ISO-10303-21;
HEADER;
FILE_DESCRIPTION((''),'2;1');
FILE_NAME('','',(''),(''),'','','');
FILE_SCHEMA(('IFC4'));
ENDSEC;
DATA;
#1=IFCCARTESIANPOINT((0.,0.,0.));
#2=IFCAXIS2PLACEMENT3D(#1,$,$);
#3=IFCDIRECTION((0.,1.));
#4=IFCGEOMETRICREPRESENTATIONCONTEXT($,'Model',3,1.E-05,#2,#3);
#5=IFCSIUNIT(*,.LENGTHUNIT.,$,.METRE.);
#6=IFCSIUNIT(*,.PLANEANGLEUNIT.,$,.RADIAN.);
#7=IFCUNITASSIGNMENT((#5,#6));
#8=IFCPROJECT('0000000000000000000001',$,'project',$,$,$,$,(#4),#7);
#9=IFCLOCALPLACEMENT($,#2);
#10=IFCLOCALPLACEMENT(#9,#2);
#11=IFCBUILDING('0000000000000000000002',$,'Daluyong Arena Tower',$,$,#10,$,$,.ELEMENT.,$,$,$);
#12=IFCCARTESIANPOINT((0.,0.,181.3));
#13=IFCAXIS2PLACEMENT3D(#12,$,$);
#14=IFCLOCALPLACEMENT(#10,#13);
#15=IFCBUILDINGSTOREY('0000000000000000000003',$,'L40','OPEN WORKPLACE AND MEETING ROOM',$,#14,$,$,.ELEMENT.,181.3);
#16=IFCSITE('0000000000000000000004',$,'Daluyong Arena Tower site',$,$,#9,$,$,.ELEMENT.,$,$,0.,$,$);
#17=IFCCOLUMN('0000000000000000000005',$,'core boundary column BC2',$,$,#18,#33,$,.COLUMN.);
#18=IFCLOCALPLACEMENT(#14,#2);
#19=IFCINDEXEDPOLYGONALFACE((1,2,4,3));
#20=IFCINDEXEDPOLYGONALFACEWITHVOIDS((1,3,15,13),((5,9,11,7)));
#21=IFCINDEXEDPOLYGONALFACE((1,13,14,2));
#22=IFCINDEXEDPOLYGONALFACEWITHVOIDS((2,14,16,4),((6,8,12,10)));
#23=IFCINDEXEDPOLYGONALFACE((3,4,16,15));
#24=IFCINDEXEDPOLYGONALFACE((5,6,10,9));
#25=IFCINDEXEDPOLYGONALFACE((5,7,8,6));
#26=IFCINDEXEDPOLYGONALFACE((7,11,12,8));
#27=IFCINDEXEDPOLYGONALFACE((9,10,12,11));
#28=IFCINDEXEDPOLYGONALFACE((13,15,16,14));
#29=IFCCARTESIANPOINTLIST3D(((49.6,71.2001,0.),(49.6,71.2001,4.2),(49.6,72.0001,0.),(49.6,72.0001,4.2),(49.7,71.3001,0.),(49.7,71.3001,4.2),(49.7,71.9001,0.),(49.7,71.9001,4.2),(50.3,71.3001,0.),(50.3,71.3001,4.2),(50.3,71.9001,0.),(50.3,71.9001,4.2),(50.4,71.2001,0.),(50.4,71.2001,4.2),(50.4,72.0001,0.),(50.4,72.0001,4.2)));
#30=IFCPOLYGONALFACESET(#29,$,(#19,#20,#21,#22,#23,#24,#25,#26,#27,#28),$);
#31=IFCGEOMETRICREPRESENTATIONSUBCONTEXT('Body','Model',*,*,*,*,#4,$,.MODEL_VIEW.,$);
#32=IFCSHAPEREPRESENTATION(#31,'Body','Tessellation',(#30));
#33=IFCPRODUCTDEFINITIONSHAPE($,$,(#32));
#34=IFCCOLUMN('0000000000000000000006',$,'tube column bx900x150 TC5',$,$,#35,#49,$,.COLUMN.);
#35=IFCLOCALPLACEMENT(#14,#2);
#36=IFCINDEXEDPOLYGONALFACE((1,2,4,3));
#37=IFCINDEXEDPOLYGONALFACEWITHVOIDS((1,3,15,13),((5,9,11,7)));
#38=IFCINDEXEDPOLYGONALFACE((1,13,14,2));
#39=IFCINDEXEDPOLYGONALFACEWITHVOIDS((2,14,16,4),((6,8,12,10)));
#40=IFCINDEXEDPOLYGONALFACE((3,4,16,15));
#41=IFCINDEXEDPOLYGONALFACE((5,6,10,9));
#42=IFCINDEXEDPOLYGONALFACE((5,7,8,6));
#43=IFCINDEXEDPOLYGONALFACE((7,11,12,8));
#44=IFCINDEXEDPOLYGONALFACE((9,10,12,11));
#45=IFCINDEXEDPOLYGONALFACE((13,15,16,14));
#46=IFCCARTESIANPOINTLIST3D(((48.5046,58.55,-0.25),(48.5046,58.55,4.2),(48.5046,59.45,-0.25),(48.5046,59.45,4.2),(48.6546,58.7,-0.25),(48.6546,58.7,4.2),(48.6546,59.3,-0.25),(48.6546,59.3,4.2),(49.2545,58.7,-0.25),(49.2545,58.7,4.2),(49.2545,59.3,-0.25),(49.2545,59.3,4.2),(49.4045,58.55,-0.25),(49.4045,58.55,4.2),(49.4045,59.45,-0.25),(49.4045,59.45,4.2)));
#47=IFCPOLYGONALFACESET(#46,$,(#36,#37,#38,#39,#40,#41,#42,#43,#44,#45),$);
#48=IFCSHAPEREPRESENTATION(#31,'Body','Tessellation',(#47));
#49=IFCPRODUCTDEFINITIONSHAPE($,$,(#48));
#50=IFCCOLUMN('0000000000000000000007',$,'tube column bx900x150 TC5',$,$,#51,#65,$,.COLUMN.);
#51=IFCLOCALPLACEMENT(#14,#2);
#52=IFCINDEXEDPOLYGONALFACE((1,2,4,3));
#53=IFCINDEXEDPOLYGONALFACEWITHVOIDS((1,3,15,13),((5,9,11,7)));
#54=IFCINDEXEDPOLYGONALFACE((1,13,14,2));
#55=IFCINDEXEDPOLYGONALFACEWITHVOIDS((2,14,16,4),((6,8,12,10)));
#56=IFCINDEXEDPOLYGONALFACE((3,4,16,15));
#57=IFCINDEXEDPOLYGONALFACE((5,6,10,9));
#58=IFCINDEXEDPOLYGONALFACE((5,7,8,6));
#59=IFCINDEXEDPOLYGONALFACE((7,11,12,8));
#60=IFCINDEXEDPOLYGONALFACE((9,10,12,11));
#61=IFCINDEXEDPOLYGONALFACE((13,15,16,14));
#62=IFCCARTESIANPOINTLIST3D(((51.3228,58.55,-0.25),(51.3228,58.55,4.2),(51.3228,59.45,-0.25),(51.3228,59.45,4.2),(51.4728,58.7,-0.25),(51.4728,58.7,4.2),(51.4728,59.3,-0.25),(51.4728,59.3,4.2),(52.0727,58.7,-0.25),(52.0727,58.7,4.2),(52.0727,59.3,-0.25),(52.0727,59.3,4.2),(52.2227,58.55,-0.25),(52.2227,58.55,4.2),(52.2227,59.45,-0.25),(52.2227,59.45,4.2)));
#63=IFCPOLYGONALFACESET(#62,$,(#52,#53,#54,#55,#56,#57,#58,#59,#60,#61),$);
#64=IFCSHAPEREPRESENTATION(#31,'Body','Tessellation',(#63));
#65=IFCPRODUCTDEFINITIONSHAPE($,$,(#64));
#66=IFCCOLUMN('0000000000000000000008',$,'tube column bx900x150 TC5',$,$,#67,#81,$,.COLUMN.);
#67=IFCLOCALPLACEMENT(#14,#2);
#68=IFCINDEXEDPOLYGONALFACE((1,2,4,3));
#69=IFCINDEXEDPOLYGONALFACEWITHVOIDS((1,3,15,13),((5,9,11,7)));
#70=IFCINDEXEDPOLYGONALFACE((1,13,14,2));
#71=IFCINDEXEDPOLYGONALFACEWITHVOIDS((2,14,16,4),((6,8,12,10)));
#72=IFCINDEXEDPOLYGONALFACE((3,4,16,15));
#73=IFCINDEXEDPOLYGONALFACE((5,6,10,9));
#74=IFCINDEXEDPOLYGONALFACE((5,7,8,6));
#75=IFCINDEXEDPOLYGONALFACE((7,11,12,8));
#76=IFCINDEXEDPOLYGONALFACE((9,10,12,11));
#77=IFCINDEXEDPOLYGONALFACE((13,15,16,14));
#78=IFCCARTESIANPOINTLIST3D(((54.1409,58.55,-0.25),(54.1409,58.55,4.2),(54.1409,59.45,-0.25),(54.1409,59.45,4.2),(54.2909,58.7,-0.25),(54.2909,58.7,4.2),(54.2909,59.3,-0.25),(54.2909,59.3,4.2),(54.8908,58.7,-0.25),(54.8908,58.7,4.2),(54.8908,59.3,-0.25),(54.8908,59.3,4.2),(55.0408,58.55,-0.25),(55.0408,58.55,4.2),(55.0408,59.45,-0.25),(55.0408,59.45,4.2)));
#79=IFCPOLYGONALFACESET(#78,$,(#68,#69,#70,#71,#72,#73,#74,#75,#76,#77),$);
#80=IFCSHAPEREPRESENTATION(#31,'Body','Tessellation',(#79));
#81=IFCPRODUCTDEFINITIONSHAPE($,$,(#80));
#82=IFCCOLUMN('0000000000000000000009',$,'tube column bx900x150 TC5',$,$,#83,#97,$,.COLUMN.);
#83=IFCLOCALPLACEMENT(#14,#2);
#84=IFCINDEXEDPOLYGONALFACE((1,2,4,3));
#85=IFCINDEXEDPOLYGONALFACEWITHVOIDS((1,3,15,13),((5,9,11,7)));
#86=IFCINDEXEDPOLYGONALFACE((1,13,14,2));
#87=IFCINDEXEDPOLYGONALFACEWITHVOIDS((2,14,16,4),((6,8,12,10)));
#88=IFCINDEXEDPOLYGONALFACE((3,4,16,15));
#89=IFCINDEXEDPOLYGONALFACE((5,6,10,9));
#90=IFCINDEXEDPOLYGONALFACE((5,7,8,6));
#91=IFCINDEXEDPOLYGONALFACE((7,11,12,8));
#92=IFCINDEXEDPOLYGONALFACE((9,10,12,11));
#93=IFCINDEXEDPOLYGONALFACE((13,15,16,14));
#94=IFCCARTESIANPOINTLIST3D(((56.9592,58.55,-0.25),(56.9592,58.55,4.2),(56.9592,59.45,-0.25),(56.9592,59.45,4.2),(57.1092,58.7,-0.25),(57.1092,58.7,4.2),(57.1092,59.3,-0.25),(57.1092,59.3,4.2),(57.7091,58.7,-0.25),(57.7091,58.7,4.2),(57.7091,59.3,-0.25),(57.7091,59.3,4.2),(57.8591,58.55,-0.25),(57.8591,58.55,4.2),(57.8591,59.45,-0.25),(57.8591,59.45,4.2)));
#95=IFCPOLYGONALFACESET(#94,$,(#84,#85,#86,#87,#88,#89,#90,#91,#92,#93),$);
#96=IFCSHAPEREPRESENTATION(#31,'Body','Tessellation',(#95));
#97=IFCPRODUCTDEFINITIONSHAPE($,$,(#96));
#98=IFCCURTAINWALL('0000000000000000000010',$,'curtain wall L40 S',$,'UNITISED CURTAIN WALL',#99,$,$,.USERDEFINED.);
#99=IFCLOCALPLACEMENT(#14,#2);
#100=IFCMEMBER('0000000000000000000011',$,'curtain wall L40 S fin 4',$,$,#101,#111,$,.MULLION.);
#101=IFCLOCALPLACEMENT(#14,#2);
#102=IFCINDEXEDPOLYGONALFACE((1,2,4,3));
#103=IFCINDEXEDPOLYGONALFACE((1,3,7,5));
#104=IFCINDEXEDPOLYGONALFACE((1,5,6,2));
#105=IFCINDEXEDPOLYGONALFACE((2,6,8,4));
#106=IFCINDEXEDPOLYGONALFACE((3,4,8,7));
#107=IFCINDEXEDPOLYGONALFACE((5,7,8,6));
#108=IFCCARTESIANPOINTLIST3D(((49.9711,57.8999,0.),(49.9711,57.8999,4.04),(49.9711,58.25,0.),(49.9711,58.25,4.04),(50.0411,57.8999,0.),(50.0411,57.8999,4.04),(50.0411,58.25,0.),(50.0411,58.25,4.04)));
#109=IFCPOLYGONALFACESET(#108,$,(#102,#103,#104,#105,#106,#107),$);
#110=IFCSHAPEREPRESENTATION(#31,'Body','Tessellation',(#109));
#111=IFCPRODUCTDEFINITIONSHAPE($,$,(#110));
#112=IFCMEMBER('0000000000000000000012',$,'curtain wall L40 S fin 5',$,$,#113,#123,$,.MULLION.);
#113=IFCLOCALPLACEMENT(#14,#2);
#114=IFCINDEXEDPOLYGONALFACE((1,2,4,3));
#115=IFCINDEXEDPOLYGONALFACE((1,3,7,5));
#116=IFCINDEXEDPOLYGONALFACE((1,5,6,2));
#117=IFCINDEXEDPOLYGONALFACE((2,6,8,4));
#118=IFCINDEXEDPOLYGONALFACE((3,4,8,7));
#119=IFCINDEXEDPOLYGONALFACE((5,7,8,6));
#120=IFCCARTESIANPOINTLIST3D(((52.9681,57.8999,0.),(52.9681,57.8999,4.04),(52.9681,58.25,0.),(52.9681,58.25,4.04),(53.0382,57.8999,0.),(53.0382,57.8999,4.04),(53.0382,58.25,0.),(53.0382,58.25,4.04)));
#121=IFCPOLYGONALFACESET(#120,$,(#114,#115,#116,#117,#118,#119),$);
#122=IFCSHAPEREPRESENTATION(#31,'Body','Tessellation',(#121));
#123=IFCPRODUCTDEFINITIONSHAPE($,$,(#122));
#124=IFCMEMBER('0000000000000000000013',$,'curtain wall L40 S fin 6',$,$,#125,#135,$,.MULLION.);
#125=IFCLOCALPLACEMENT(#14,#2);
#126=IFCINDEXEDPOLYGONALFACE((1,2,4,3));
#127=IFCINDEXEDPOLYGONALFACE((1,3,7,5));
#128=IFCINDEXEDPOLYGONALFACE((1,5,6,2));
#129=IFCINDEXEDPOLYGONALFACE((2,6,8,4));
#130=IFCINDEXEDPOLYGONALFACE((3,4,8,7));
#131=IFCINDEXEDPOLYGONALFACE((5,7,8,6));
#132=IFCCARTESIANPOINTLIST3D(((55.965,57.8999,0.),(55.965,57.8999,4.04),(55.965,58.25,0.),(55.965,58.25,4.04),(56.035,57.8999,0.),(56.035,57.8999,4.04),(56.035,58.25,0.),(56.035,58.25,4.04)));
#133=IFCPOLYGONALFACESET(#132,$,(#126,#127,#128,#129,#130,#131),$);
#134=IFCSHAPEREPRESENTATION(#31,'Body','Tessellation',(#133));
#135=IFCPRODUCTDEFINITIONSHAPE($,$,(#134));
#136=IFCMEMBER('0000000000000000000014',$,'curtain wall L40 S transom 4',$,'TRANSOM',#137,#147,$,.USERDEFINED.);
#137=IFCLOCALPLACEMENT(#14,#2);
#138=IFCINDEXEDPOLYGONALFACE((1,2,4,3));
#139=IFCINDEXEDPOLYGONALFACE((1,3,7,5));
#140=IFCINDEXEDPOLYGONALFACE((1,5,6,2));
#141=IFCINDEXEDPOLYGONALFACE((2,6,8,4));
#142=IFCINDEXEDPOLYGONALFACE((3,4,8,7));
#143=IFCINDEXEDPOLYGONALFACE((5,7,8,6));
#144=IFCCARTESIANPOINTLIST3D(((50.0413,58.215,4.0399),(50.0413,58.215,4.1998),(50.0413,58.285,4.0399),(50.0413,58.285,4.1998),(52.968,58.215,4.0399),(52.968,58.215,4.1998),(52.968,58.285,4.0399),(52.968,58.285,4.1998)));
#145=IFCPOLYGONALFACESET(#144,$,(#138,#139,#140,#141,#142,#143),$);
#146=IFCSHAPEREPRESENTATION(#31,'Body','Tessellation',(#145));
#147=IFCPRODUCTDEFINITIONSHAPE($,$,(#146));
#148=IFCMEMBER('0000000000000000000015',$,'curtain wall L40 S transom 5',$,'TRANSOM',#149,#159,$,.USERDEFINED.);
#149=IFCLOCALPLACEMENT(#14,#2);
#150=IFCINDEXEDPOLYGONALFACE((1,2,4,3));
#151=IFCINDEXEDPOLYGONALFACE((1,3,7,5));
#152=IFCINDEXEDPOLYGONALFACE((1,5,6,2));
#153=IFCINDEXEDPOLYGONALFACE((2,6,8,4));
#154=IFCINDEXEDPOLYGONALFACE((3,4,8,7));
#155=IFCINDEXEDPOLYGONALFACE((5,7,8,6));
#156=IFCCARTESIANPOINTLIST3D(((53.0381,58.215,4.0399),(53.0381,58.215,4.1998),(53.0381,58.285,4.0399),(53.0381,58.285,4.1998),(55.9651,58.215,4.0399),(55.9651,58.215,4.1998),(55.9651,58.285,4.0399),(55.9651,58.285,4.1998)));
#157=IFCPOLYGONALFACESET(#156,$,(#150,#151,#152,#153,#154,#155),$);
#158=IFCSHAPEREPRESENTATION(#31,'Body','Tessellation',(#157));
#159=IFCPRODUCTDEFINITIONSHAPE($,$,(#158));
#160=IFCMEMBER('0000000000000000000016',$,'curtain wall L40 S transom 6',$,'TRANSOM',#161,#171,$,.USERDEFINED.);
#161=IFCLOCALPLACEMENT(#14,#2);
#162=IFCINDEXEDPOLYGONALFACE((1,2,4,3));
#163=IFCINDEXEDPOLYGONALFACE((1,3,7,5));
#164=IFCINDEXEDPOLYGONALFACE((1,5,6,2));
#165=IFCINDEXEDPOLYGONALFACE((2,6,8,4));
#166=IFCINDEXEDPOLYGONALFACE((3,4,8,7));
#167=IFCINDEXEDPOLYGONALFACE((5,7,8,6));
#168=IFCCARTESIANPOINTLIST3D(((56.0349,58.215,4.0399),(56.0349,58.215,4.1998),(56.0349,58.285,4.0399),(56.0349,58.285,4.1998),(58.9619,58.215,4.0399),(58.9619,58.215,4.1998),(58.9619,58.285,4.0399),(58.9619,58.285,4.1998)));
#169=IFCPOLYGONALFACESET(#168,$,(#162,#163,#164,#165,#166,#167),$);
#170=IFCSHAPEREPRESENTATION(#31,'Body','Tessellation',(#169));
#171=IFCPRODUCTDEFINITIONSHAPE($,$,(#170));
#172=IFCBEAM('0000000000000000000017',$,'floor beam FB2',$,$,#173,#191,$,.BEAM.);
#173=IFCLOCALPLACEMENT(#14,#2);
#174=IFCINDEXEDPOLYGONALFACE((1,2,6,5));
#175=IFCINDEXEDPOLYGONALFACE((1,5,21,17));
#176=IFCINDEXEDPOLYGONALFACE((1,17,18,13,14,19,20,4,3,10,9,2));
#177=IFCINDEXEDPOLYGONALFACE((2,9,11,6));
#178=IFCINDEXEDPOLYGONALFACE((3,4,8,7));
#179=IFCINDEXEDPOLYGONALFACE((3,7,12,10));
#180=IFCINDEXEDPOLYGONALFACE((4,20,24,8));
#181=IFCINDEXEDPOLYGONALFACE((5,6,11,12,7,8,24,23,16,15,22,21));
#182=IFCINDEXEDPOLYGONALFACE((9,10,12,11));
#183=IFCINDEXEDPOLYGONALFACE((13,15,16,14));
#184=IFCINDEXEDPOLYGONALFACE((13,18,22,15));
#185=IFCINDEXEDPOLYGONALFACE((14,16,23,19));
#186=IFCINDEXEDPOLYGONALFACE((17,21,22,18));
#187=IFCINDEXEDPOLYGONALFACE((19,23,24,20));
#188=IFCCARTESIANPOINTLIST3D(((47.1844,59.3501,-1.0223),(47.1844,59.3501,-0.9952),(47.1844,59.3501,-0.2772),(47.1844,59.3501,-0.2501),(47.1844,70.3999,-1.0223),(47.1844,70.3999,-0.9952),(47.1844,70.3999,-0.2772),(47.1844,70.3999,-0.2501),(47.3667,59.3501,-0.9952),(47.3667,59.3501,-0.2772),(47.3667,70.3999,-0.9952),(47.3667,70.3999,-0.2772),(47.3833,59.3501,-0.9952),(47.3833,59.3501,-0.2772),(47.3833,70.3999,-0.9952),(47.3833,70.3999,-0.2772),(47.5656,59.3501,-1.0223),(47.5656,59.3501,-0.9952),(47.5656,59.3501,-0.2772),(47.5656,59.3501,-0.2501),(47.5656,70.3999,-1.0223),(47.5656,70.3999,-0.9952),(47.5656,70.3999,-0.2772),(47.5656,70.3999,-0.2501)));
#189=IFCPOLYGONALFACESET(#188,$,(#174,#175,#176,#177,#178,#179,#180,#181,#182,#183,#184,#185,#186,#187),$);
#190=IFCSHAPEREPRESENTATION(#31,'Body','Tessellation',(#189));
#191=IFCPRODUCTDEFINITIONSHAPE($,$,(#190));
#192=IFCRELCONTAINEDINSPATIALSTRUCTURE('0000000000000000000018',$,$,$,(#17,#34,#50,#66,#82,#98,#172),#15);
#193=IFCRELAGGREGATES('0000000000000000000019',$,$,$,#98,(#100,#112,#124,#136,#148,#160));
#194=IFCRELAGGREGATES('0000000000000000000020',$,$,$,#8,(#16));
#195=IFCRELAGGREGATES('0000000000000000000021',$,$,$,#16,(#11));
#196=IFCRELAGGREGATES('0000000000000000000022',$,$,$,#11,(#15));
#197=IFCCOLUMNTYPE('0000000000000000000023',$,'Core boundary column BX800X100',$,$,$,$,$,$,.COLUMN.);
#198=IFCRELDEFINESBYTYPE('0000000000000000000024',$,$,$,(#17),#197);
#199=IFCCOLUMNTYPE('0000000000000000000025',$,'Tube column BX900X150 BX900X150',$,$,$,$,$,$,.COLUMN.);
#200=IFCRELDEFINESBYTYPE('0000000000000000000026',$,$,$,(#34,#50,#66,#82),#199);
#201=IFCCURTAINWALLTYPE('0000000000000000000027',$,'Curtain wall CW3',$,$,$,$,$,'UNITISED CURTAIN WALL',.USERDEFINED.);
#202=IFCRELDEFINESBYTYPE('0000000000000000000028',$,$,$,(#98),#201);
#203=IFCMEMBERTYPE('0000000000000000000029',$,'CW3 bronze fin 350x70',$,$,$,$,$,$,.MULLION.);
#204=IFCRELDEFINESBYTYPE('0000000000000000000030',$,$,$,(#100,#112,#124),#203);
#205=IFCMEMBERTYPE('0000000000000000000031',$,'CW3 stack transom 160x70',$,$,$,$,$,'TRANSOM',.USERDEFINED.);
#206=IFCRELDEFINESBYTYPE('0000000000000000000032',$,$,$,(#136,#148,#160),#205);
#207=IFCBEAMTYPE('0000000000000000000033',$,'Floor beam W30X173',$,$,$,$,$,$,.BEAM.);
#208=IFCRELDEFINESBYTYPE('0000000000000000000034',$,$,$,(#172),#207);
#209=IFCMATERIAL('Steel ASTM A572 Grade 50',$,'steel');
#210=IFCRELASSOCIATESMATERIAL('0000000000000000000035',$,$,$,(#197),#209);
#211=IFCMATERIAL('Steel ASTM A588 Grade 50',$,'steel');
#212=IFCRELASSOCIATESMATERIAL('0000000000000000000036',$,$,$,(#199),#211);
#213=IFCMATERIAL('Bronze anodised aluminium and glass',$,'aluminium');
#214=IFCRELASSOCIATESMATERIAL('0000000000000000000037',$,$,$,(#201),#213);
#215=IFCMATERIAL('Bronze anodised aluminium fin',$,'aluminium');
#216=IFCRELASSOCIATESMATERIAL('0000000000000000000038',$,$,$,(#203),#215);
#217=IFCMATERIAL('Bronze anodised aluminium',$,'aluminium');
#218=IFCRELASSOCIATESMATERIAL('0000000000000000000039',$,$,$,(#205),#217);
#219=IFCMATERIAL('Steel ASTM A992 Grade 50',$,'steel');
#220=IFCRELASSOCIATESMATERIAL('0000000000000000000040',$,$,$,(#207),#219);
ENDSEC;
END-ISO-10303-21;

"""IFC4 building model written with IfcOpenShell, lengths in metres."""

from ifc_helpers import new_model, si_unit, direction, frame, origin, origin_2d, place, context, subcontext, project, spatial, rectangle, hollow_rectangle, i_section, extrude, material, material_profile, profile_set, type_object, element, aggregate, save


model = new_model("IFC4")

# Units and contexts
model_context = context("Model", 3, precision=1e-05, world=origin(), true_north=direction((0.0, 1.0)))
body_context = subcontext(model_context, "Body", "Model", "MODEL_VIEW")
ifc_project = project(units=[si_unit("LENGTHUNIT", "METRE"), si_unit("PLANEANGLEUNIT", "RADIAN")], contexts=[model_context])

# Site, building, storey
site_placement = place(None, origin())
site = spatial("IfcSite", under=ifc_project, at=site_placement, Name="Daluyong Arena Tower site", CompositionType="ELEMENT", RefElevation=0.0)
building_placement = place(site_placement, origin())
building = spatial("IfcBuilding", under=site, at=building_placement, Name="Daluyong Arena Tower", CompositionType="ELEMENT")
storey_placement = place(building_placement, frame((0.0, 0.0, 181.3)))
storey = spatial("IfcBuildingStorey", under=building, at=storey_placement, Name="L40", Description="OPEN WORKPLACE AND MEETING ROOM", CompositionType="ELEMENT", Elevation=181.3)

# Columns
ifc_material_1 = material(Name="Steel ASTM A572 Grade 50", Category="steel")
ifc_material_profile_1 = material_profile(ifc_material_1, hollow_rectangle(XDim=0.8, YDim=0.8, WallThickness=0.1, at=origin_2d()))
ifc_profile_set_1 = profile_set([ifc_material_profile_1], Name="Steel ASTM A572 Grade 50")
column_type_1 = type_object("IfcColumnType", Name="Core boundary column BX800X100", PredefinedType="COLUMN", material=ifc_profile_set_1)
column_placement = place(storey_placement, frame((50.0, 71.6001, 0.0), z_axis=(0.0, 0.0, 1.0), x_axis=(1.0, 0.0, 0.0)))
element("IfcColumn", 1, at=column_placement, inside=storey, type_object=column_type_1, Name="core boundary column BC2", PredefinedType="COLUMN", context=body_context, shape_type="SweptSolid", body=[
    extrude(hollow_rectangle(XDim=0.8, YDim=0.8, WallThickness=0.1, at=origin_2d()), origin(), (0.0, 0.0, 1.0), 4.2),
])
ifc_material_2 = material(Name="Steel ASTM A588 Grade 50", Category="steel")
ifc_material_profile_2 = material_profile(ifc_material_2, hollow_rectangle(XDim=0.8999, YDim=0.8999, WallThickness=0.15, at=origin_2d()))
ifc_profile_set_2 = profile_set([ifc_material_profile_2], Name="Steel ASTM A588 Grade 50")
column_type_2 = type_object("IfcColumnType", Name="Tube column BX900X150 BX900X150", PredefinedType="COLUMN", material=ifc_profile_set_2)
for number, where, z_axis, x_axis, name in (
    (2, (48.9546, 59.0, -0.25), (0.0, 0.0, 1.0), (1.0, 0.0, 0.0), "tube column bx900x150 TC5"),
    (3, (51.7727, 59.0, -0.25), (0.0, 0.0, 1.0), (1.0, 0.0, 0.0), "tube column bx900x150 TC5"),
    (4, (54.5908, 59.0, -0.25), (0.0, 0.0, 1.0), (1.0, 0.0, 0.0), "tube column bx900x150 TC5"),
    (5, (57.4092, 59.0, -0.25), (0.0, 0.0, 1.0), (1.0, 0.0, 0.0), "tube column bx900x150 TC5"),
):
    element("IfcColumn", number, at=place(storey_placement, frame(where, z_axis=z_axis, x_axis=x_axis)), inside=storey, type_object=column_type_2, Name=name, PredefinedType="COLUMN", context=body_context, shape_type="SweptSolid", body=[
        extrude(hollow_rectangle(XDim=0.8999, YDim=0.8999, WallThickness=0.15, at=origin_2d()), origin(), (0.0, 0.0, 1.0), 4.45),
    ])

# Curtain wall, members
ifc_material_3 = material(Name="Bronze anodised aluminium and glass", Category="aluminium")
curtain_wall_type = type_object("IfcCurtainWallType", Name="Curtain wall CW3", ElementType="UNITISED CURTAIN WALL", PredefinedType="USERDEFINED", material=ifc_material_3)
curtain_wall_placement = place(storey_placement, origin())
curtain_wall = element("IfcCurtainWall", 6, at=curtain_wall_placement, inside=storey, type_object=curtain_wall_type, Name="curtain wall L40 S", ObjectType="UNITISED CURTAIN WALL", PredefinedType="USERDEFINED")
ifc_material_4 = material(Name="Bronze anodised aluminium fin", Category="aluminium")
ifc_material_profile_3 = material_profile(ifc_material_4, rectangle(XDim=0.3501, YDim=0.0701, at=origin_2d()))
ifc_profile_set_3 = profile_set([ifc_material_profile_3], Name="Bronze anodised aluminium fin")
member_type_1 = type_object("IfcMemberType", Name="CW3 bronze fin 350x70", PredefinedType="MULLION", material=ifc_profile_set_3)
member_1_placement = place(storey_placement, frame((50.0061, 58.075, 0.0), z_axis=(0.0, 0.0, 1.0), x_axis=(0.0, 1.0, 0.0)))
member_1 = element("IfcMember", 7, at=member_1_placement, type_object=member_type_1, Name="curtain wall L40 S fin 4", PredefinedType="MULLION", context=body_context, shape_type="SweptSolid", body=[
    extrude(rectangle(XDim=0.3501, YDim=0.0701, at=origin_2d()), origin(), (0.0, 0.0, 1.0), 4.04),
])
member_2_placement = place(storey_placement, frame((53.0032, 58.075, 0.0), z_axis=(0.0, 0.0, 1.0), x_axis=(0.0, 1.0, 0.0)))
member_2 = element("IfcMember", 8, at=member_2_placement, type_object=member_type_1, Name="curtain wall L40 S fin 5", PredefinedType="MULLION", context=body_context, shape_type="SweptSolid", body=[
    extrude(rectangle(XDim=0.3501, YDim=0.0701, at=origin_2d()), origin(), (0.0, 0.0, 1.0), 4.04),
])
member_3_placement = place(storey_placement, frame((56.0, 58.075, 0.0), z_axis=(0.0, 0.0, 1.0), x_axis=(0.0, 1.0, 0.0)))
member_3 = element("IfcMember", 9, at=member_3_placement, type_object=member_type_1, Name="curtain wall L40 S fin 6", PredefinedType="MULLION", context=body_context, shape_type="SweptSolid", body=[
    extrude(rectangle(XDim=0.3501, YDim=0.0701, at=origin_2d()), origin(), (0.0, 0.0, 1.0), 4.04),
])
ifc_material_5 = material(Name="Bronze anodised aluminium", Category="aluminium")
ifc_material_profile_4 = material_profile(ifc_material_5, rectangle(XDim=0.0701, YDim=0.1599, at=origin_2d()))
ifc_profile_set_4 = profile_set([ifc_material_profile_4], Name="Bronze anodised aluminium")
member_type_2 = type_object("IfcMemberType", Name="CW3 stack transom 160x70", ElementType="TRANSOM", PredefinedType="USERDEFINED", material=ifc_profile_set_4)
member_4_placement = place(storey_placement, frame((50.0413, 58.25, 4.1199), z_axis=(1.0, 0.0, 0.0), x_axis=(0.0, 1.0, 0.0)))
member_4 = element("IfcMember", 10, at=member_4_placement, type_object=member_type_2, Name="curtain wall L40 S transom 4", ObjectType="TRANSOM", PredefinedType="USERDEFINED", context=body_context, shape_type="SweptSolid", body=[
    extrude(rectangle(XDim=0.0701, YDim=0.1599, at=origin_2d()), origin(), (0.0, 0.0, 1.0), 2.9268),
])
member_5_placement = place(storey_placement, frame((53.0381, 58.25, 4.1199), z_axis=(1.0, 0.0, 0.0), x_axis=(0.0, 1.0, 0.0)))
member_5 = element("IfcMember", 11, at=member_5_placement, type_object=member_type_2, Name="curtain wall L40 S transom 5", ObjectType="TRANSOM", PredefinedType="USERDEFINED", context=body_context, shape_type="SweptSolid", body=[
    extrude(rectangle(XDim=0.0701, YDim=0.1599, at=origin_2d()), origin(), (0.0, 0.0, 1.0), 2.927),
])
member_6_placement = place(storey_placement, frame((56.0349, 58.25, 4.1199), z_axis=(1.0, 0.0, 0.0), x_axis=(0.0, 1.0, 0.0)))
member_6 = element("IfcMember", 12, at=member_6_placement, type_object=member_type_2, Name="curtain wall L40 S transom 6", ObjectType="TRANSOM", PredefinedType="USERDEFINED", context=body_context, shape_type="SweptSolid", body=[
    extrude(rectangle(XDim=0.0701, YDim=0.1599, at=origin_2d()), origin(), (0.0, 0.0, 1.0), 2.927),
])

# Beam
ifc_material_6 = material(Name="Steel ASTM A992 Grade 50", Category="steel")
ifc_material_profile_5 = material_profile(ifc_material_6, i_section(OverallWidth=0.3811, OverallDepth=0.7722, WebThickness=0.0166, FlangeThickness=0.0271, at=origin_2d()))
ifc_profile_set_5 = profile_set([ifc_material_profile_5], Name="Steel ASTM A992 Grade 50")
beam_type_1 = type_object("IfcBeamType", Name="Floor beam W30X173", PredefinedType="BEAM", material=ifc_profile_set_5)
for number, where, z_axis, x_axis, name in (
    (13, (47.375, 59.3501, -0.6362), (0.0, 1.0, 0.0), (-1.0, 0.0, 0.0), "floor beam FB2"),
):
    element("IfcBeam", number, at=place(storey_placement, frame(where, z_axis=z_axis, x_axis=x_axis)), inside=storey, type_object=beam_type_1, Name=name, PredefinedType="BEAM", context=body_context, shape_type="SweptSolid", body=[
        extrude(i_section(OverallWidth=0.3811, OverallDepth=0.7722, WebThickness=0.0166, FlangeThickness=0.0271, at=origin_2d()), origin(), (0.0, 0.0, 1.0), 11.0498),
    ])

aggregate(curtain_wall, [member_1, member_2, member_3, member_4, member_5, member_6])

save(model, "model.ifc")
